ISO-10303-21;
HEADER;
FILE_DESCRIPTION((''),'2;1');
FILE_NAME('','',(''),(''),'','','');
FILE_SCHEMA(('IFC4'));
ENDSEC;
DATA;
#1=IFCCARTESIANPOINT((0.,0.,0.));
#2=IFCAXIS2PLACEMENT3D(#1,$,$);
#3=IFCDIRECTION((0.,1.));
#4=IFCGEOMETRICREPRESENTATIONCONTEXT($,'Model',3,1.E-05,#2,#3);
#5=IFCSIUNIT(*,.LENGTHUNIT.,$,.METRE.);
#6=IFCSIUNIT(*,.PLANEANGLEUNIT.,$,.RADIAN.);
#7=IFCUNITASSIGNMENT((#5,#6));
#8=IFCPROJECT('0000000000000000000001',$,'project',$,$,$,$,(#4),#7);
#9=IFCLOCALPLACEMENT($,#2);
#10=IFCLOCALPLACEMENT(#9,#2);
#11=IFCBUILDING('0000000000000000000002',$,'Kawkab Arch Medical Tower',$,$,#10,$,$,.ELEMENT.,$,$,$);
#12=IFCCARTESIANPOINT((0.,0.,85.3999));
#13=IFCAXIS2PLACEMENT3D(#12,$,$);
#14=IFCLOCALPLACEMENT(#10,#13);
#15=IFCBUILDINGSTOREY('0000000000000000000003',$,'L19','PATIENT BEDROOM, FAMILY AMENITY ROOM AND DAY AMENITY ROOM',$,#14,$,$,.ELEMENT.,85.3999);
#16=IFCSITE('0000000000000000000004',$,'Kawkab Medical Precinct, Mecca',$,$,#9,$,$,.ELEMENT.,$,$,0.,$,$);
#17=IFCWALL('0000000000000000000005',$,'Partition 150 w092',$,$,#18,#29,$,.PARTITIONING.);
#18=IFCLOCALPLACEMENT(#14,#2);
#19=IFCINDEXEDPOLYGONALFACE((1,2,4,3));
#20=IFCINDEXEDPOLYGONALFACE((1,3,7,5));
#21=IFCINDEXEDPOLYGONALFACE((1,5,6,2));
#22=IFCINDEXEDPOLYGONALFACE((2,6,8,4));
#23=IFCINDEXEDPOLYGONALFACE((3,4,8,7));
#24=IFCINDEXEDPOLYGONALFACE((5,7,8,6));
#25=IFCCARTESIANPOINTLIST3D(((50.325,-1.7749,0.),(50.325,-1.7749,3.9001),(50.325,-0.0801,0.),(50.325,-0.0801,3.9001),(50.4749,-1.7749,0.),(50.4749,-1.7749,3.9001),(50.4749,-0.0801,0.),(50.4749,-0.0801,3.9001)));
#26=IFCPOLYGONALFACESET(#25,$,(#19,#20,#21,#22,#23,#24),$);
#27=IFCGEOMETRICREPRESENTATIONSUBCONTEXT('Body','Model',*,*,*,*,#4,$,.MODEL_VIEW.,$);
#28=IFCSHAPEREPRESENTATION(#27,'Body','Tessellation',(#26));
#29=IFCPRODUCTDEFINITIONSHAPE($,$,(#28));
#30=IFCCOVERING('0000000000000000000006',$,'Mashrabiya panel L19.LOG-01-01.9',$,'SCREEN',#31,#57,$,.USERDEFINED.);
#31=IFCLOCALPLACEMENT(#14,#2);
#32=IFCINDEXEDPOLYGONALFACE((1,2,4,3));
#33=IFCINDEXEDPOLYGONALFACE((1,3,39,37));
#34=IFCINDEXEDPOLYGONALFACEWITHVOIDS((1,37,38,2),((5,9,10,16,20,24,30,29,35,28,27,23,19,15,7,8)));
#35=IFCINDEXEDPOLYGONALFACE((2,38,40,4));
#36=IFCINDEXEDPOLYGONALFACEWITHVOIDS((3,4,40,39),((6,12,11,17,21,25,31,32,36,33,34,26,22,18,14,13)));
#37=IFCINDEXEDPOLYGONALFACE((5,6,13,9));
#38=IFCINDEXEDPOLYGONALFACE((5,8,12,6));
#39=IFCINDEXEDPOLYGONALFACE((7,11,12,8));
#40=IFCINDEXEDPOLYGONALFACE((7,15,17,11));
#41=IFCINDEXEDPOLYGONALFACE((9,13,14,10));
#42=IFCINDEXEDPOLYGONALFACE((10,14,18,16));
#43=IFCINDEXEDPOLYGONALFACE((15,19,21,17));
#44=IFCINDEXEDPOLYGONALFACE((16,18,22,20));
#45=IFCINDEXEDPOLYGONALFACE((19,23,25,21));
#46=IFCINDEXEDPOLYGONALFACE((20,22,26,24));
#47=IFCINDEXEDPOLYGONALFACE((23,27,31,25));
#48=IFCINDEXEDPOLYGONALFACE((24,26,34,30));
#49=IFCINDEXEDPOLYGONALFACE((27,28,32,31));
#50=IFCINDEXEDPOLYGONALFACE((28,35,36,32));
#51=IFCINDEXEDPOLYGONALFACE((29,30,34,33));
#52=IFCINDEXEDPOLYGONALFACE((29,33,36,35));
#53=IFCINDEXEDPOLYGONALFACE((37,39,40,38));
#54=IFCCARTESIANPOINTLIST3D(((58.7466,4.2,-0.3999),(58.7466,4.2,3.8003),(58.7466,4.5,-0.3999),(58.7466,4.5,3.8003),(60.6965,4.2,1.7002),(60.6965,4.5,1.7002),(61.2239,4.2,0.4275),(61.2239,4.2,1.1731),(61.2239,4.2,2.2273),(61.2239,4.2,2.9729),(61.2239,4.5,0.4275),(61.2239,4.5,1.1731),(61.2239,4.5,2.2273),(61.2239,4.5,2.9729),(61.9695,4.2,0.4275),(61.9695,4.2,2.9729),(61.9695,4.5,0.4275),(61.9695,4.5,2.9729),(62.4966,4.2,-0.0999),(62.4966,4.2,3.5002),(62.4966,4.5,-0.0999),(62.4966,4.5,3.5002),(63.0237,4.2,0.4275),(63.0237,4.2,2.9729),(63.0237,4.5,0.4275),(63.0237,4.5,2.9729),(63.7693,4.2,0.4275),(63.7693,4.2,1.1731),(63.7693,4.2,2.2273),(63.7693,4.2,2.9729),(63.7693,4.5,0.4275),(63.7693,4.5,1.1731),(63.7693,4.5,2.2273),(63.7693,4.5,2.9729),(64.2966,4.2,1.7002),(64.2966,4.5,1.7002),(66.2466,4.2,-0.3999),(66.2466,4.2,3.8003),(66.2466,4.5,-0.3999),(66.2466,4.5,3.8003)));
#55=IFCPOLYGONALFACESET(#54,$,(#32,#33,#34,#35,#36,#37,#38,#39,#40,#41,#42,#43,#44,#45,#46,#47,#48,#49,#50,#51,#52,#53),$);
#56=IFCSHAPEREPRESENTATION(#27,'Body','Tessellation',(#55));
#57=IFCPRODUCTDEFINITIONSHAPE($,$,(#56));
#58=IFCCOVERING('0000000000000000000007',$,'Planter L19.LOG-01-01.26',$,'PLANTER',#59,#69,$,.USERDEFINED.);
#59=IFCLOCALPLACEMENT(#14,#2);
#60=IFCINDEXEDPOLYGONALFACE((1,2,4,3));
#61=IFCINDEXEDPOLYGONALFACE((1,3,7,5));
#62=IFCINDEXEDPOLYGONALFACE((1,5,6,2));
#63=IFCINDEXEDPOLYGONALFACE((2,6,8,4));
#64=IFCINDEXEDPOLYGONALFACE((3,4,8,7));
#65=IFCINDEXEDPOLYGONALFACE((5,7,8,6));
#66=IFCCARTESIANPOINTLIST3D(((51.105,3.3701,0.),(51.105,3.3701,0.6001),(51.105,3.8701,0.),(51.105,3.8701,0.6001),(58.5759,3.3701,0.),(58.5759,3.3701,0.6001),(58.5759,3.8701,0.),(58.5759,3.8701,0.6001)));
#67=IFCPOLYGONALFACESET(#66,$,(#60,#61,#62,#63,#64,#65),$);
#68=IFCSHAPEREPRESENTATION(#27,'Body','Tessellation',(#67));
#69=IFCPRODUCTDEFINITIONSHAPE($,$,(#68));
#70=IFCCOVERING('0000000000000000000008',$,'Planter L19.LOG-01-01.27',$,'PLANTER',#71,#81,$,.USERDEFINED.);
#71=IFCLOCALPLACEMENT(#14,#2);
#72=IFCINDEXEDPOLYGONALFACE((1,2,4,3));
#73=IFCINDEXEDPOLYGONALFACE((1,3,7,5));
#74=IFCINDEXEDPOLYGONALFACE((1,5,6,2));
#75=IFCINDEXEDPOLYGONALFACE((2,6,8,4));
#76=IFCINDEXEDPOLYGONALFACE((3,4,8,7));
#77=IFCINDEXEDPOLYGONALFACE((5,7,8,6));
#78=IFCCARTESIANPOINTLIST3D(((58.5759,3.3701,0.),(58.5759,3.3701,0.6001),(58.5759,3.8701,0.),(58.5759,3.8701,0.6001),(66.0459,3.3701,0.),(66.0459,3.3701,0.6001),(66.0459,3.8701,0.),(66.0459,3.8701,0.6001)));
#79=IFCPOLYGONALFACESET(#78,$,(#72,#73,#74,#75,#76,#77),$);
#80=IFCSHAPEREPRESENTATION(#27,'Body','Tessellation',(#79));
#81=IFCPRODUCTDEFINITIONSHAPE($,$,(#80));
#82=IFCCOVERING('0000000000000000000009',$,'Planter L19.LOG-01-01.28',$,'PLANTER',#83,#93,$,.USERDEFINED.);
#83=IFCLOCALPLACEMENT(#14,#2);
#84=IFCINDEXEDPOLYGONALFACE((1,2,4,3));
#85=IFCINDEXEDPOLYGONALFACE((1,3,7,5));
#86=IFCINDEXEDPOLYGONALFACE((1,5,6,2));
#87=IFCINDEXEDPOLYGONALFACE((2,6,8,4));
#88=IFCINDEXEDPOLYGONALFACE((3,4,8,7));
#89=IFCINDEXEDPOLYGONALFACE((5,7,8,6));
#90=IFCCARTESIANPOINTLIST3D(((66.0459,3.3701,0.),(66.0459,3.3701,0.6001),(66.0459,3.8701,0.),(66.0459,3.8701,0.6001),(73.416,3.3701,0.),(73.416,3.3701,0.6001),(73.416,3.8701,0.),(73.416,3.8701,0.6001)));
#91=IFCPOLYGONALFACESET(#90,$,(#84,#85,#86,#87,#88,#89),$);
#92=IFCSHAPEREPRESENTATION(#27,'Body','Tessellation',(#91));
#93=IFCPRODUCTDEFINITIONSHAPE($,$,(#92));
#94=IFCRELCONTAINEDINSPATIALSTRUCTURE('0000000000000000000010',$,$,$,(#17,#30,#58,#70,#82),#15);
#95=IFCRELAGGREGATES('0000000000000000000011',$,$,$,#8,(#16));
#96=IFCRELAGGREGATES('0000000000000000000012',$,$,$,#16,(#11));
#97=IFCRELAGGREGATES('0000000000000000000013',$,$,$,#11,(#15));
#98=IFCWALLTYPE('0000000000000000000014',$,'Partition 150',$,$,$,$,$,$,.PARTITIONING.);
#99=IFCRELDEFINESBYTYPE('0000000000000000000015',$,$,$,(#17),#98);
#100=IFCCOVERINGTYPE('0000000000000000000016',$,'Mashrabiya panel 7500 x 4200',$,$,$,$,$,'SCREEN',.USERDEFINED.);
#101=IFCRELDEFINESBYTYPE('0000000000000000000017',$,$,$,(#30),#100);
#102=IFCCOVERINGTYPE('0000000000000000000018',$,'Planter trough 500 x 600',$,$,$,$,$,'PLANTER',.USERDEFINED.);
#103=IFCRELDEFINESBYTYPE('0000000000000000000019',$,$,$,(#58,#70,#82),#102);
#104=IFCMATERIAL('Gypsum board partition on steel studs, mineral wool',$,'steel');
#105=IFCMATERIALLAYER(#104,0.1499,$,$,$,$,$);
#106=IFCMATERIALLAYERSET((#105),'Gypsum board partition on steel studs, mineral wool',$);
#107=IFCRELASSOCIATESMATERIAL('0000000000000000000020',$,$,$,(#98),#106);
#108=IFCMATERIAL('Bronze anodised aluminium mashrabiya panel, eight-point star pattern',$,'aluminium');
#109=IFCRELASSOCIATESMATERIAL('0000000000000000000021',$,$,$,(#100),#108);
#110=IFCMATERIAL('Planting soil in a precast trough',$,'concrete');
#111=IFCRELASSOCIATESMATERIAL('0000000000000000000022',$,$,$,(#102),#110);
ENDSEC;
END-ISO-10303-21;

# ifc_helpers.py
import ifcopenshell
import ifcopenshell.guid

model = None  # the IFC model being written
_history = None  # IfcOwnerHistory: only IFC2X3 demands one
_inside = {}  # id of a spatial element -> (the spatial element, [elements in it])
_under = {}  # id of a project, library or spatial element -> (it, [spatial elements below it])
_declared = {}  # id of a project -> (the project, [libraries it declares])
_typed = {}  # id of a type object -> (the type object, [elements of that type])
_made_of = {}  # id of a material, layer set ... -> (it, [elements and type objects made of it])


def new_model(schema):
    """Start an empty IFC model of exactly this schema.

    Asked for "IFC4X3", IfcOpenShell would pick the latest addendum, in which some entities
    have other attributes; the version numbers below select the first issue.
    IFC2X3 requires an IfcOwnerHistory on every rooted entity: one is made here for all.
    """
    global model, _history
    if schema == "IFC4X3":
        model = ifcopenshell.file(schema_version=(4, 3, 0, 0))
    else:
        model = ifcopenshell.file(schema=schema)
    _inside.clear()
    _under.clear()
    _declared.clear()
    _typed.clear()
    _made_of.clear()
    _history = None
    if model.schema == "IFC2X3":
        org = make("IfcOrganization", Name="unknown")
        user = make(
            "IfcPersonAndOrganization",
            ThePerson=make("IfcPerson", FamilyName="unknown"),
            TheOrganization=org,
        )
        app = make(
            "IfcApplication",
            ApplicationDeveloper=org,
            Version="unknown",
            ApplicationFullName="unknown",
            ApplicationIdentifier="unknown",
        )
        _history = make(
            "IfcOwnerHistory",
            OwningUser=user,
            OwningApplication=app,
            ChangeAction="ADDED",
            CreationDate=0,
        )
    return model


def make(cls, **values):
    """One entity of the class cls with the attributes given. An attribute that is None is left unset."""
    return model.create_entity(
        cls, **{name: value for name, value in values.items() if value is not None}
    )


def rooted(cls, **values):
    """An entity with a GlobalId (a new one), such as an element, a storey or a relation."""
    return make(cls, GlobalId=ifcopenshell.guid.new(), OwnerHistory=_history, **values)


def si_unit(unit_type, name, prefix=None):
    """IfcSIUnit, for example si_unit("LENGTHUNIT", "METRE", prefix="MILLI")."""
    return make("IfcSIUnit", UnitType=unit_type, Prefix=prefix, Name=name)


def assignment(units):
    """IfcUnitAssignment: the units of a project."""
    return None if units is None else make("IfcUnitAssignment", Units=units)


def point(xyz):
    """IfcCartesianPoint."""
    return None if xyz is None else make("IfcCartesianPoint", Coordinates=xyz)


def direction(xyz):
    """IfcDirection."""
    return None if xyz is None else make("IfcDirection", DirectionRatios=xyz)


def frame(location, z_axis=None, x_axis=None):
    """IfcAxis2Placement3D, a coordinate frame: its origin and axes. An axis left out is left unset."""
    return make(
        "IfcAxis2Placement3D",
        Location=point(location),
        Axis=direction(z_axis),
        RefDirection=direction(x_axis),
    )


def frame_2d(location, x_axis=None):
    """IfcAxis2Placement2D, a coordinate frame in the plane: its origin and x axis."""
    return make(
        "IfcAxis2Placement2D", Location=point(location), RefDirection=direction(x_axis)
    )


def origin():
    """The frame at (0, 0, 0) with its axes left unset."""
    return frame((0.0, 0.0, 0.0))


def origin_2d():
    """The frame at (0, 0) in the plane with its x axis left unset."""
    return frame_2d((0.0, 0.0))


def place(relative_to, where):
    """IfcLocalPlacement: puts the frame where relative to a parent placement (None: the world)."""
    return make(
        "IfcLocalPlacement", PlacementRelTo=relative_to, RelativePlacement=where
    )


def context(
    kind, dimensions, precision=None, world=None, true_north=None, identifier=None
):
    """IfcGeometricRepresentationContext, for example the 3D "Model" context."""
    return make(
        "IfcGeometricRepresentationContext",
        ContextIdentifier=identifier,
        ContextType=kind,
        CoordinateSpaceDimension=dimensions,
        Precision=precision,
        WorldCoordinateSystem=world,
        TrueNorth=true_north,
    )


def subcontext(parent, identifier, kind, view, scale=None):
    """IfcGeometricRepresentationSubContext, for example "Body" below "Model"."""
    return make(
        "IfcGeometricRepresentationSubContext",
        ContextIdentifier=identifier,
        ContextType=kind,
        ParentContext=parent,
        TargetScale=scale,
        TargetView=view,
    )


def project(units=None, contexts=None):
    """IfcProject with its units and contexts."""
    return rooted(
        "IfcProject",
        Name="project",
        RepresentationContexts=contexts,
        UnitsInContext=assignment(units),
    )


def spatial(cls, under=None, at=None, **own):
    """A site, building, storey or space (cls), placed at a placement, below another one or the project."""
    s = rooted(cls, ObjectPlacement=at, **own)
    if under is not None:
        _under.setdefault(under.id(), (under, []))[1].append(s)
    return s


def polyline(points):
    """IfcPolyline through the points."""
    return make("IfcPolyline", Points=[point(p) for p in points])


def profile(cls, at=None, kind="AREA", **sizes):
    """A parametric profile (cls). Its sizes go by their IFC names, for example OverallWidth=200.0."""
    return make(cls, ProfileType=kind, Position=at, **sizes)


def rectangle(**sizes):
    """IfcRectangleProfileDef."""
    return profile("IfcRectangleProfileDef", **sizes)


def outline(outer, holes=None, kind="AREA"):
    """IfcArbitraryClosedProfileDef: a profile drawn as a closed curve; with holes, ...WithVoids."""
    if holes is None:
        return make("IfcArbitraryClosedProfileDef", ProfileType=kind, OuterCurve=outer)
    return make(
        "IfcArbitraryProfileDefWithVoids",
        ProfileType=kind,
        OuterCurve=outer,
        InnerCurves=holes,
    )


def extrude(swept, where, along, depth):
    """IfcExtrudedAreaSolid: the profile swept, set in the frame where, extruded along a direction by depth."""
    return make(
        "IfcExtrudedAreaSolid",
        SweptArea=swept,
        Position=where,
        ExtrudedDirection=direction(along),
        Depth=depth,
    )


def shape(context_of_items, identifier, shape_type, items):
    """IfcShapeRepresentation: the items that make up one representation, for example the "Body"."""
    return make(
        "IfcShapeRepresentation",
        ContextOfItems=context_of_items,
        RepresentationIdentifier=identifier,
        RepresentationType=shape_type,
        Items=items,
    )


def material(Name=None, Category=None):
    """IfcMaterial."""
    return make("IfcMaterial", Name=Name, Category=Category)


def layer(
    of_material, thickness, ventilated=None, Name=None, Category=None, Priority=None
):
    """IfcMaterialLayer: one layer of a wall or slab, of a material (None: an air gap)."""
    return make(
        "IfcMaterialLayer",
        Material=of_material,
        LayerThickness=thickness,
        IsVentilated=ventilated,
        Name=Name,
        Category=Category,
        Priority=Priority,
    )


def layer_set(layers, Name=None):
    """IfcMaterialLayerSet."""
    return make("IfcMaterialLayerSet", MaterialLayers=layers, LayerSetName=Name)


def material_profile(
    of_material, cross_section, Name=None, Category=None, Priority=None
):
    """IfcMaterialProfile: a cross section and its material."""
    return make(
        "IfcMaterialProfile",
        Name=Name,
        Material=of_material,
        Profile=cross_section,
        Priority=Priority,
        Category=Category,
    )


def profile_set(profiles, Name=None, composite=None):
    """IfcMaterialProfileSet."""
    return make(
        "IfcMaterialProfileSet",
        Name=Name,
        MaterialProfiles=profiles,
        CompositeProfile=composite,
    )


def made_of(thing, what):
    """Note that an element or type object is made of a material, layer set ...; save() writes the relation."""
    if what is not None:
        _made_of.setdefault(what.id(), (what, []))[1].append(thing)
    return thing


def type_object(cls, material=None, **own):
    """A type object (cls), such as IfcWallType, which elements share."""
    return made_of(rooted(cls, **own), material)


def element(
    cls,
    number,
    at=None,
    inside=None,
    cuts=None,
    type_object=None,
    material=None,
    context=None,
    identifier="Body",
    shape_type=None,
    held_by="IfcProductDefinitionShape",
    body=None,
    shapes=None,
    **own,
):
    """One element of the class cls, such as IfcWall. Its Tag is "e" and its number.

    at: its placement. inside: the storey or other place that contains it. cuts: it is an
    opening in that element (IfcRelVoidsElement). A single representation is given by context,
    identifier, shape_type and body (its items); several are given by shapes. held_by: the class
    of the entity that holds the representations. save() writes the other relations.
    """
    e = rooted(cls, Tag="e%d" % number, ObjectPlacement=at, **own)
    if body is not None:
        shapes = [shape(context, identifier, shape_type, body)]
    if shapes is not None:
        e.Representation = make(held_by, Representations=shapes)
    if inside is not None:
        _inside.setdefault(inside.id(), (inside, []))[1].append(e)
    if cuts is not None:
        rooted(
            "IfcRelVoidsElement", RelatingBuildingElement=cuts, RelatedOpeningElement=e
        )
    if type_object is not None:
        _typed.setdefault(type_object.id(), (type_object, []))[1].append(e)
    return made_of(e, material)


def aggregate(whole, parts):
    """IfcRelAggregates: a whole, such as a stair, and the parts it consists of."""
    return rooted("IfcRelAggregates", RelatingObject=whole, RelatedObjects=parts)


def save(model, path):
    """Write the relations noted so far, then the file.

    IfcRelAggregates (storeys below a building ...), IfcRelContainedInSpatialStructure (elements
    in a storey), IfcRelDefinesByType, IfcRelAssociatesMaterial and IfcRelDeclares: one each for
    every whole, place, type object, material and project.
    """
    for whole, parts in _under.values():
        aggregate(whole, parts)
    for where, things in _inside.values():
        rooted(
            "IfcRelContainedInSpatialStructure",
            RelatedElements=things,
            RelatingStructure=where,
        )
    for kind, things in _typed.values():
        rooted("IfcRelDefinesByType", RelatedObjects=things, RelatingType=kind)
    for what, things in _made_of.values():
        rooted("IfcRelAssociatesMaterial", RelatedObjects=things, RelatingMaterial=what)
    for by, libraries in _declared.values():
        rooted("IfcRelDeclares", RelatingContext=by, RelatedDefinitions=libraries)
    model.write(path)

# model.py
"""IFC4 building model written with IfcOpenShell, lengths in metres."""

from ifc_helpers import new_model, si_unit, direction, frame, frame_2d, origin, origin_2d, place, context, subcontext, project, spatial, polyline, rectangle, outline, extrude, material, layer, layer_set, material_profile, profile_set, type_object, element, save


model = new_model("IFC4")

# Units and contexts
model_context = context("Model", 3, precision=1e-05, world=origin(), true_north=direction((0.0, 1.0)))
body_context = subcontext(model_context, "Body", "Model", "MODEL_VIEW")
ifc_project = project(units=[si_unit("LENGTHUNIT", "METRE"), si_unit("PLANEANGLEUNIT", "RADIAN")], contexts=[model_context])

# Site, building, storey
site_placement = place(None, origin())
site = spatial("IfcSite", under=ifc_project, at=site_placement, Name="Kawkab Medical Precinct, Mecca", CompositionType="ELEMENT", RefElevation=0.0)
building_placement = place(site_placement, origin())
building = spatial("IfcBuilding", under=site, at=building_placement, Name="Kawkab Arch Medical Tower", CompositionType="ELEMENT")
storey_placement = place(building_placement, frame((0.0, 0.0, 85.3999)))
storey = spatial("IfcBuildingStorey", under=building, at=storey_placement, Name="L19", Description="PATIENT BEDROOM, FAMILY AMENITY ROOM AND DAY AMENITY ROOM", CompositionType="ELEMENT", Elevation=85.3999)

# Wall
ifc_material_1 = material(Name="Gypsum board partition on steel studs, mineral wool", Category="steel")
ifc_layer_1 = layer(ifc_material_1, 0.1499)
ifc_layer_set_1 = layer_set([ifc_layer_1], Name="Gypsum board partition on steel studs, mineral wool")
wall_type_1 = type_object("IfcWallType", Name="Partition 150", PredefinedType="PARTITIONING", material=ifc_layer_set_1)
wall_1_placement = place(storey_placement, frame((50.3999, -1.7749, 0.0), z_axis=(0.0, 0.0, 1.0), x_axis=(0.0, 1.0, 0.0)))
element("IfcWall", 1, at=wall_1_placement, inside=storey, type_object=wall_type_1, Name="Partition 150 w092", PredefinedType="PARTITIONING", context=body_context, shape_type="SweptSolid", body=[
    extrude(rectangle(XDim=1.6948, YDim=0.1499, at=frame_2d((0.8474, 0.0))), origin(), (0.0, 0.0, 1.0), 3.9001),
])

# Coverings
ifc_material_2 = material(Name="Bronze anodised aluminium mashrabiya panel, eight-point star pattern", Category="aluminium")
ifc_material_profile_1 = material_profile(ifc_material_2, outline(polyline([(-3.75, -2.1001), (3.75, -2.1001), (3.75, 2.1001), (-3.75, 2.1001), (-3.75, -2.1001)]), holes=[polyline([(1.8, 0.0), (1.2727, 0.5271), (1.2727, 1.2727), (0.5271, 1.2727), (0.0, 1.8), (-0.5271, 1.2727), (-1.2727, 1.2727), (-1.2727, 0.5271), (-1.8, 0.0), (-1.2727, -0.5271), (-1.2727, -1.2727), (-0.5271, -1.2727), (0.0, -1.8), (0.5271, -1.2727), (1.2727, -1.2727), (1.2727, -0.5271), (1.8, 0.0)])]), Name="Mashrabiya panel 7500x4200")
ifc_profile_set_1 = profile_set([ifc_material_profile_1], Name="Bronze anodised aluminium mashrabiya panel, eight-point star pattern")
covering_type_1 = type_object("IfcCoveringType", Name="Mashrabiya panel 7500 x 4200", ElementType="SCREEN", PredefinedType="USERDEFINED", material=ifc_profile_set_1)
covering_1_placement = place(storey_placement, frame((62.4966, 4.2, 1.7002), z_axis=(0.0, 1.0, 0.0), x_axis=(-1.0, 0.0, 0.0)))
element("IfcCovering", 2, at=covering_1_placement, inside=storey, type_object=covering_type_1, Name="Mashrabiya panel L19.LOG-01-01.9", ObjectType="SCREEN", PredefinedType="USERDEFINED", context=body_context, shape_type="SweptSolid", body=[
    extrude(outline(polyline([(-3.75, -2.1001), (3.75, -2.1001), (3.75, 2.1001), (-3.75, 2.1001), (-3.75, -2.1001)]), holes=[polyline([(1.8, 0.0), (1.2727, 0.5271), (1.2727, 1.2727), (0.5271, 1.2727), (0.0, 1.8), (-0.5271, 1.2727), (-1.2727, 1.2727), (-1.2727, 0.5271), (-1.8, 0.0), (-1.2727, -0.5271), (-1.2727, -1.2727), (-0.5271, -1.2727), (0.0, -1.8), (0.5271, -1.2727), (1.2727, -1.2727), (1.2727, -0.5271), (1.8, 0.0)])]), origin(), (0.0, 0.0, 1.0), 0.3),
])
ifc_material_3 = material(Name="Planting soil in a precast trough", Category="concrete")
ifc_material_profile_2 = material_profile(ifc_material_3, rectangle(XDim=0.5, YDim=0.6001, at=origin_2d()), Name="Trough 500x600")
ifc_profile_set_2 = profile_set([ifc_material_profile_2], Name="Planting soil in a precast trough")
covering_type_2 = type_object("IfcCoveringType", Name="Planter trough 500 x 600", ElementType="PLANTER", PredefinedType="USERDEFINED", material=ifc_profile_set_2)
covering_2_placement = place(storey_placement, frame((51.105, 3.6201, 0.3), z_axis=(1.0, 0.0, 0.0), x_axis=(0.0, 1.0, 0.0)))
element("IfcCovering", 3, at=covering_2_placement, inside=storey, type_object=covering_type_2, Name="Planter L19.LOG-01-01.26", ObjectType="PLANTER", PredefinedType="USERDEFINED", context=body_context, shape_type="SweptSolid", body=[
    extrude(rectangle(XDim=0.5, YDim=0.6001, at=origin_2d()), origin(), (0.0, 0.0, 1.0), 7.4709),
])
covering_3_placement = place(storey_placement, frame((58.5759, 3.6201, 0.3), z_axis=(1.0, 0.0, 0.0), x_axis=(0.0, 1.0, 0.0)))
element("IfcCovering", 4, at=covering_3_placement, inside=storey, type_object=covering_type_2, Name="Planter L19.LOG-01-01.27", ObjectType="PLANTER", PredefinedType="USERDEFINED", context=body_context, shape_type="SweptSolid", body=[
    extrude(rectangle(XDim=0.5, YDim=0.6001, at=origin_2d()), origin(), (0.0, 0.0, 1.0), 7.47),
])
covering_4_placement = place(storey_placement, frame((66.0459, 3.6201, 0.3), z_axis=(1.0, 0.0, 0.0), x_axis=(0.0, 1.0, 0.0)))
element("IfcCovering", 5, at=covering_4_placement, inside=storey, type_object=covering_type_2, Name="Planter L19.LOG-01-01.28", ObjectType="PLANTER", PredefinedType="USERDEFINED", context=body_context, shape_type="SweptSolid", body=[
    extrude(rectangle(XDim=0.5, YDim=0.6001, at=origin_2d()), origin(), (0.0, 0.0, 1.0), 7.3701),
])

save(model, "model.ifc")
